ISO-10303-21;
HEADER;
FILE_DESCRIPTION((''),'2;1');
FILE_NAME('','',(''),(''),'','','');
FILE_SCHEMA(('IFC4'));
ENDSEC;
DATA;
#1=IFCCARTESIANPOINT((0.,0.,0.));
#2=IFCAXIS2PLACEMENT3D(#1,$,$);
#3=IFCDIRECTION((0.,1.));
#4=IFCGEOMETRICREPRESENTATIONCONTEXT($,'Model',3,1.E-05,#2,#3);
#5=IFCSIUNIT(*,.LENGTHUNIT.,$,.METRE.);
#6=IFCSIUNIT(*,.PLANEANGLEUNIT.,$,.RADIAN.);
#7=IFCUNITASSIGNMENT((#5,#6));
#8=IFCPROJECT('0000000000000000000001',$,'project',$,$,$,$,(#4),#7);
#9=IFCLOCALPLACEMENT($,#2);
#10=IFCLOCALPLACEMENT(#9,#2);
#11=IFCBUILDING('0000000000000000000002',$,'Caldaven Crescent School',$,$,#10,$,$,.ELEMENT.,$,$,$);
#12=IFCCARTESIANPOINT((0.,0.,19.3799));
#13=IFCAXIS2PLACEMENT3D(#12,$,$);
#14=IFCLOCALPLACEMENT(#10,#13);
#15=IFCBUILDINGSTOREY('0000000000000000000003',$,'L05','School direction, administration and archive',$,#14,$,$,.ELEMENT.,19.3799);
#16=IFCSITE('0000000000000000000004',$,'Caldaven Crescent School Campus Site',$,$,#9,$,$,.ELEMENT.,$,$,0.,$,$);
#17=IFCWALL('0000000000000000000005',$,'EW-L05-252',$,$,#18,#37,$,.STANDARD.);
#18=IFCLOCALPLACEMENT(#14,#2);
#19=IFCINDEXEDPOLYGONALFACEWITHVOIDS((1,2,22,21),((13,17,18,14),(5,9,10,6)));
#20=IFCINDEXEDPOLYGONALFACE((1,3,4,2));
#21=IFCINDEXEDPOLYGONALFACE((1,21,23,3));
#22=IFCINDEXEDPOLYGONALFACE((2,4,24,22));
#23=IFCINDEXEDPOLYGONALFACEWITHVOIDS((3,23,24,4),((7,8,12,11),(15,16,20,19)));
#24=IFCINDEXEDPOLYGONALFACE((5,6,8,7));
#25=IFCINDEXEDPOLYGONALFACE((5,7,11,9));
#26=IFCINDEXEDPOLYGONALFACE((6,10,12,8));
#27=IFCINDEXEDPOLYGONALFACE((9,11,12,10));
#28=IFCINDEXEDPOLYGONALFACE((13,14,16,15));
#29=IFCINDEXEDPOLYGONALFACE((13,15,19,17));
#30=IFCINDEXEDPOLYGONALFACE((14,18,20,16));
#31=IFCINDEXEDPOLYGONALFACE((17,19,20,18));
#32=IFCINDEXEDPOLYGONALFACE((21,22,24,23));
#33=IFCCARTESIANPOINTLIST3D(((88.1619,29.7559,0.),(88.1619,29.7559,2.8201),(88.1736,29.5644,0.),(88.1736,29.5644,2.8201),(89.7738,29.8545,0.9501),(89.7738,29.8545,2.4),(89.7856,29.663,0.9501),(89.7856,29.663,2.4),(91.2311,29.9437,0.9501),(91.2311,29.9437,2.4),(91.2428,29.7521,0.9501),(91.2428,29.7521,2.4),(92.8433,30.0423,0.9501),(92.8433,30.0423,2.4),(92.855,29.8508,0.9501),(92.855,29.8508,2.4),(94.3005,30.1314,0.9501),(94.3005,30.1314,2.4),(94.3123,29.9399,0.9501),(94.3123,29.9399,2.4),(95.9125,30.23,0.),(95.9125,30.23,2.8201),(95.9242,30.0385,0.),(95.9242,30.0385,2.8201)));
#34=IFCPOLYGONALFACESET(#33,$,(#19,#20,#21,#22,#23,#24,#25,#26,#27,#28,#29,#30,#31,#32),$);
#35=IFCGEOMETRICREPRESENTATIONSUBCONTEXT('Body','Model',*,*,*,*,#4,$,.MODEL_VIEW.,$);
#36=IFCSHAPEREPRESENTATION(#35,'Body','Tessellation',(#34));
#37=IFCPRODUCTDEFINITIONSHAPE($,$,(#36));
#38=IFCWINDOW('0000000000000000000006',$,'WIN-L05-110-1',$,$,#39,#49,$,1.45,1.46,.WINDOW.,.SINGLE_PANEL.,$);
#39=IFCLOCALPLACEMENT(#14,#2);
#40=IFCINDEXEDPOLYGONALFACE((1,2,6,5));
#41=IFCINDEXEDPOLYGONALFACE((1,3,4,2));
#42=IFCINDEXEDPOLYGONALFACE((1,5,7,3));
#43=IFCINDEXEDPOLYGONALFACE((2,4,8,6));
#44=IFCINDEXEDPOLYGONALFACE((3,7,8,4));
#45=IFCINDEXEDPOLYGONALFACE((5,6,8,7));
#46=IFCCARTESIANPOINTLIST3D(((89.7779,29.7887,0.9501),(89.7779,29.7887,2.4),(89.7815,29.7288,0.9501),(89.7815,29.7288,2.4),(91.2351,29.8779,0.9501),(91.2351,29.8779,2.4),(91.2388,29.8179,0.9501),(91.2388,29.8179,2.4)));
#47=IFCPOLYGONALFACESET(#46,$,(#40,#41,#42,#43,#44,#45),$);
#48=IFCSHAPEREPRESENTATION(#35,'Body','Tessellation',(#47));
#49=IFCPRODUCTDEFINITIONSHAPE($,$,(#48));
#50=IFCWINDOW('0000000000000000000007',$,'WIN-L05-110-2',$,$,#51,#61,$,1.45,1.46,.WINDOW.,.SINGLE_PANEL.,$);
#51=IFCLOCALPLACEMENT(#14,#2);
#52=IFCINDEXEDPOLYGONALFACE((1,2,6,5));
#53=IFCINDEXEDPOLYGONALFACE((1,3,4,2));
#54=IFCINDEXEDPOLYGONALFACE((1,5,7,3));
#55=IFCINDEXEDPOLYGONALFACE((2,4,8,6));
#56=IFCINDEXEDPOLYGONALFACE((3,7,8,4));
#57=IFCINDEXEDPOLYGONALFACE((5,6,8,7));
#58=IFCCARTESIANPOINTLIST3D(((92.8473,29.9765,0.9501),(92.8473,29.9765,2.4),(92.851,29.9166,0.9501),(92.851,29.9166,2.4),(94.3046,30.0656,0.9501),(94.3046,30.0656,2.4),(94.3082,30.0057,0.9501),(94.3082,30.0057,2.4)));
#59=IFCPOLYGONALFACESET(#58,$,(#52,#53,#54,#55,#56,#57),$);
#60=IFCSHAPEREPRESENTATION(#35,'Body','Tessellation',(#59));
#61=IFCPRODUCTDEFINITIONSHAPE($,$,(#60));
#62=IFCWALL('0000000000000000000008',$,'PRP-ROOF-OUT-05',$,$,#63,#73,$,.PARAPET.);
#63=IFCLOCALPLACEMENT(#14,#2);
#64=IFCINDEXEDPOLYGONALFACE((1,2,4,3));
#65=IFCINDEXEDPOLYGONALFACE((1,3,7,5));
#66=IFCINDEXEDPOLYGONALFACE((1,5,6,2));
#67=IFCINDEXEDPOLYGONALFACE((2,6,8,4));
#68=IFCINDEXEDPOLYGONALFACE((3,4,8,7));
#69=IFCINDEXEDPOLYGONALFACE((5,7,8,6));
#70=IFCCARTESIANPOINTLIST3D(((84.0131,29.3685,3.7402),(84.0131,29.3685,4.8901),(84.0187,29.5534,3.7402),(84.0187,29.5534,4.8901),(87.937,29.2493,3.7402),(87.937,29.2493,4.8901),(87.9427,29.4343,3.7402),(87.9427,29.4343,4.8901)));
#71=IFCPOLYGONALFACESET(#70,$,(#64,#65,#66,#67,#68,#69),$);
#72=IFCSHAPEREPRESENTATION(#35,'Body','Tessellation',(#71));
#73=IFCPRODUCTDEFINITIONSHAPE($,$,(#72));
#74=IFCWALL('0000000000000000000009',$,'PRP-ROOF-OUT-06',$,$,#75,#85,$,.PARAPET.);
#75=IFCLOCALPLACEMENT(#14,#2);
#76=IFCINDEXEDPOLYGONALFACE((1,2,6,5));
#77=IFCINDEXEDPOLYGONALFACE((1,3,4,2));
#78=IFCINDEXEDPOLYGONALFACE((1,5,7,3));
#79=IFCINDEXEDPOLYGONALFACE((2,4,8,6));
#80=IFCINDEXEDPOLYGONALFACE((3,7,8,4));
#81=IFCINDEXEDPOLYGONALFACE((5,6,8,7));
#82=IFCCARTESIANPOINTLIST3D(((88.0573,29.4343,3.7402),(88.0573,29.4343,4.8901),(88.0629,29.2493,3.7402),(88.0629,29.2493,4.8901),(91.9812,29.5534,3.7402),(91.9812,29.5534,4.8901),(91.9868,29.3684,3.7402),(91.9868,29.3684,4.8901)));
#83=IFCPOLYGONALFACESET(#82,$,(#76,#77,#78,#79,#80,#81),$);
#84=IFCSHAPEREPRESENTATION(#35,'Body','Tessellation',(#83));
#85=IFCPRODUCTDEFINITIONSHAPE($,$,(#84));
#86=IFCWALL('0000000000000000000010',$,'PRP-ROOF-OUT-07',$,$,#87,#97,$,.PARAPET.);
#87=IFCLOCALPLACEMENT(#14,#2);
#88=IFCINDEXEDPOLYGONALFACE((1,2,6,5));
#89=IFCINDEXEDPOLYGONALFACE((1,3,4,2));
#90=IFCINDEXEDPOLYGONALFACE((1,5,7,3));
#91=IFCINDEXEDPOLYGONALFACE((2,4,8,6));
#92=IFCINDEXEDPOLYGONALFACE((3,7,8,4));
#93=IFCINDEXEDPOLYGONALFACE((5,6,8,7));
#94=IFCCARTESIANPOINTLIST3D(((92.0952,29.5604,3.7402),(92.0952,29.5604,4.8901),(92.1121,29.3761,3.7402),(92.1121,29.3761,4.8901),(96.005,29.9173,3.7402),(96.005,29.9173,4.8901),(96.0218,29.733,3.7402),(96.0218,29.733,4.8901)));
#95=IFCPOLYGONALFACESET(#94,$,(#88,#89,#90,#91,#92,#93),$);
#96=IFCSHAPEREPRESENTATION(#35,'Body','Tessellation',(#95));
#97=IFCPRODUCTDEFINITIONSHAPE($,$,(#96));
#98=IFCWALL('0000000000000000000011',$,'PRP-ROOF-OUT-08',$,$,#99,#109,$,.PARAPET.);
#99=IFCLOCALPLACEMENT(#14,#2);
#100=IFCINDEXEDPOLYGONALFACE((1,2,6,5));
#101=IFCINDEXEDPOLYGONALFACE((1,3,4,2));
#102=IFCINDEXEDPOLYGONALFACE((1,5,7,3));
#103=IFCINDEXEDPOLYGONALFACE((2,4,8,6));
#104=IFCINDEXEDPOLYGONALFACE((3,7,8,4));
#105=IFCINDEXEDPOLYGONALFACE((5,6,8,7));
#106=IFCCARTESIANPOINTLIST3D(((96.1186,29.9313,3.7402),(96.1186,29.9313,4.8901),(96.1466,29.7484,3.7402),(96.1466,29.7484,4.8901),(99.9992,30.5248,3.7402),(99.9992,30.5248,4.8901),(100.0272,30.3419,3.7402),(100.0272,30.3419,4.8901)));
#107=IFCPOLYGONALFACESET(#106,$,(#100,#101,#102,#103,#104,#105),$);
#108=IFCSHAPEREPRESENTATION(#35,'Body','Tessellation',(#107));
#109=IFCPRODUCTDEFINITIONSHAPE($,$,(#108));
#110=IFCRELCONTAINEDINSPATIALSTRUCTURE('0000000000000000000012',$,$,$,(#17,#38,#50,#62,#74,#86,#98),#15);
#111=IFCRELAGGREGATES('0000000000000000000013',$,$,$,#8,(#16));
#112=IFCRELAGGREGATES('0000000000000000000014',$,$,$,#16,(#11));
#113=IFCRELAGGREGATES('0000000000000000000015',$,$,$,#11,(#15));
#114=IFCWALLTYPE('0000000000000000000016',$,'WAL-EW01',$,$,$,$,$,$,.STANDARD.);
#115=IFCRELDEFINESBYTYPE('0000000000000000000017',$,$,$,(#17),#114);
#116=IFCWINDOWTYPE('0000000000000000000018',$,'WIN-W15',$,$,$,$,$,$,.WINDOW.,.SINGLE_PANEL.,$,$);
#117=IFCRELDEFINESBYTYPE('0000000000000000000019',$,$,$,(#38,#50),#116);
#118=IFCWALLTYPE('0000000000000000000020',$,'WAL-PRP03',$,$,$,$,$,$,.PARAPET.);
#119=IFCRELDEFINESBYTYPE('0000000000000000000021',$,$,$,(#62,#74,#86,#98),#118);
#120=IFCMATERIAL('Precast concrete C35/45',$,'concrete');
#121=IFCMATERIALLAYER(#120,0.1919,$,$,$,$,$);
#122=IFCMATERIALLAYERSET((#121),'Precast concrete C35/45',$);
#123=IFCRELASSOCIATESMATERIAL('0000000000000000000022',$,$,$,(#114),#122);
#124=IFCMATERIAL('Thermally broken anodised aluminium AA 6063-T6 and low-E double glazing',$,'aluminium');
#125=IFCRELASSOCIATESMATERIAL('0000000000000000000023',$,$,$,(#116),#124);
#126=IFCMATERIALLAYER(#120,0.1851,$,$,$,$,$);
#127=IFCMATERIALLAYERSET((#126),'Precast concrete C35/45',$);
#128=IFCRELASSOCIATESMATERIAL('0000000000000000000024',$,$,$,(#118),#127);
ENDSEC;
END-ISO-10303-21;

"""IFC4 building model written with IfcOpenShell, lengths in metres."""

from ifc_helpers import new_model, si_unit, direction, frame, frame_2d, origin, place, context, subcontext, project, spatial, rectangle, extrude, material, layer, layer_set, type_object, element, fill, save


model = new_model("IFC4")

# Units and contexts
model_context = context("Model", 3, precision=1e-05, world=origin(), true_north=direction((0.0, 1.0)))
body_context = subcontext(model_context, "Body", "Model", "MODEL_VIEW")
ifc_project = project(units=[si_unit("LENGTHUNIT", "METRE"), si_unit("PLANEANGLEUNIT", "RADIAN")], contexts=[model_context])

# Site, building, storey
site_placement = place(None, origin())
site = spatial("IfcSite", under=ifc_project, at=site_placement, Name="Caldaven Crescent School Campus Site", CompositionType="ELEMENT", RefElevation=0.0)
building_placement = place(site_placement, origin())
building = spatial("IfcBuilding", under=site, at=building_placement, Name="Caldaven Crescent School", CompositionType="ELEMENT")
storey_placement = place(building_placement, frame((0.0, 0.0, 19.3799)))
storey = spatial("IfcBuildingStorey", under=building, at=storey_placement, Name="L05", Description="School direction, administration and archive", CompositionType="ELEMENT", Elevation=19.3799)

# Wall, openings, windows
ifc_material_1 = material(Name="Precast concrete C35/45", Category="concrete")
ifc_layer_1 = layer(ifc_material_1, 0.1919)
ifc_layer_set_1 = layer_set([ifc_layer_1], Name="Precast concrete C35/45")
wall_type_1 = type_object("IfcWallType", Name="WAL-EW01", PredefinedType="STANDARD", material=ifc_layer_set_1)
wall_1_placement = place(storey_placement, frame((88.1677, 29.6602, 0.0), z_axis=(0.0, 0.0, 1.0), x_axis=(0.998134, 0.061057, 0.0)))
wall_1 = element("IfcWall", 1, at=wall_1_placement, inside=storey, type_object=wall_type_1, Name="EW-L05-252", PredefinedType="STANDARD", context=body_context, shape_type="SweptSolid", body=[
    extrude(rectangle(XDim=7.7651, YDim=0.1919, at=frame_2d((3.8826, 0.0))), origin(), (0.0, 0.0, 1.0), 2.8201),
])
opening_1_placement = place(wall_1_placement, frame((1.615, 0.0, 0.95)))
opening_1 = element("IfcOpeningElement", 2, at=opening_1_placement, cuts=wall_1, PredefinedType="OPENING", context=body_context, shape_type="SweptSolid", body=[
    extrude(rectangle(XDim=1.46, YDim=1.45, at=frame_2d((0.73, 0.7251))), frame((0.0, 0.106, 0.0), z_axis=(0.0, -1.0, 0.0), x_axis=(1.0, 0.0, 0.0)), (0.0, 0.0, 1.0), 0.2119),
])
opening_2_placement = place(wall_1_placement, frame((4.6902, 0.0, 0.95)))
opening_2 = element("IfcOpeningElement", 3, at=opening_2_placement, cuts=wall_1, PredefinedType="OPENING", context=body_context, shape_type="SweptSolid", body=[
    extrude(rectangle(XDim=1.46, YDim=1.45, at=frame_2d((0.73, 0.7251))), frame((0.0, 0.106, 0.0), z_axis=(0.0, -1.0, 0.0), x_axis=(1.0, 0.0, 0.0)), (0.0, 0.0, 1.0), 0.2119),
])
ifc_material_2 = material(Name="Thermally broken anodised aluminium AA 6063-T6 and low-E double glazing", Category="aluminium")
window_type = type_object("IfcWindowType", Name="WIN-W15", PartitioningType="SINGLE_PANEL", PredefinedType="WINDOW", material=ifc_material_2)
window_1_placement = place(opening_1_placement, origin())
window_1 = element("IfcWindow", 4, at=window_1_placement, inside=storey, type_object=window_type, Name="WIN-L05-110-1", OverallHeight=1.45, OverallWidth=1.46, PartitioningType="SINGLE_PANEL", PredefinedType="WINDOW", context=body_context, shape_type="SweptSolid", body=[
    extrude(rectangle(XDim=1.46, YDim=1.45, at=frame_2d((0.73, 0.7251))), frame((0.0, 0.03, 0.0), z_axis=(0.0, -1.0, 0.0), x_axis=(1.0, 0.0, 0.0)), (0.0, 0.0, 1.0), 0.0601),
])
fill(opening_1, window_1)
window_2_placement = place(opening_2_placement, origin())
window_2 = element("IfcWindow", 5, at=window_2_placement, inside=storey, type_object=window_type, Name="WIN-L05-110-2", OverallHeight=1.45, OverallWidth=1.46, PartitioningType="SINGLE_PANEL", PredefinedType="WINDOW", context=body_context, shape_type="SweptSolid", body=[
    extrude(rectangle(XDim=1.46, YDim=1.45, at=frame_2d((0.73, 0.7251))), frame((0.0, 0.03, 0.0), z_axis=(0.0, -1.0, 0.0), x_axis=(1.0, 0.0, 0.0)), (0.0, 0.0, 1.0), 0.0601),
])
fill(opening_2, window_2)

# Walls
ifc_layer_2 = layer(ifc_material_1, 0.1851)
ifc_layer_set_2 = layer_set([ifc_layer_2], Name="Precast concrete C35/45")
wall_type_2 = type_object("IfcWallType", Name="WAL-PRP03", PredefinedType="PARAPET", material=ifc_layer_set_2)
for number, where, z_axis, x_axis, name in (
    (6, (84.0159, 29.4609, 3.7402), (0.0, 0.0, 1.0), (0.999539, -0.030347, 0.0), "PRP-ROOF-OUT-05"),
    (7, (88.0601, 29.3418, 3.7402), (0.0, 0.0, 1.0), (0.999539, 0.030347, 0.0), "PRP-ROOF-OUT-06"),
):
    element("IfcWall", number, at=place(storey_placement, frame(where, z_axis=z_axis, x_axis=x_axis)), inside=storey, type_object=wall_type_2, Name=name, PredefinedType="PARAPET", context=body_context, shape_type="SweptSolid", body=[
        extrude(rectangle(XDim=3.9258, YDim=0.1851, at=frame_2d((1.9629, 0.0))), origin(), (0.0, 0.0, 1.0), 1.1499),
    ])
wall_2_placement = place(storey_placement, frame((92.1038, 29.4683, 3.7402), z_axis=(0.0, 0.0, 1.0), x_axis=(0.995858, 0.090917, 0.0)))
element("IfcWall", 8, at=wall_2_placement, inside=storey, type_object=wall_type_2, Name="PRP-ROOF-OUT-07", PredefinedType="PARAPET", context=body_context, shape_type="SweptSolid", body=[
    extrude(rectangle(XDim=3.926, YDim=0.1851, at=frame_2d((1.9629, 0.0))), origin(), (0.0, 0.0, 1.0), 1.1499),
])
wall_3_placement = place(storey_placement, frame((96.1326, 29.8398, 3.7402), z_axis=(0.0, 0.0, 1.0), x_axis=(0.988506, 0.151183, 0.0)))
element("IfcWall", 9, at=wall_3_placement, inside=storey, type_object=wall_type_2, Name="PRP-ROOF-OUT-08", PredefinedType="PARAPET", context=body_context, shape_type="SweptSolid", body=[
    extrude(rectangle(XDim=3.9258, YDim=0.1851, at=frame_2d((1.9629, 0.0))), origin(), (0.0, 0.0, 1.0), 1.1499),
])

save(model, "model.ifc")
